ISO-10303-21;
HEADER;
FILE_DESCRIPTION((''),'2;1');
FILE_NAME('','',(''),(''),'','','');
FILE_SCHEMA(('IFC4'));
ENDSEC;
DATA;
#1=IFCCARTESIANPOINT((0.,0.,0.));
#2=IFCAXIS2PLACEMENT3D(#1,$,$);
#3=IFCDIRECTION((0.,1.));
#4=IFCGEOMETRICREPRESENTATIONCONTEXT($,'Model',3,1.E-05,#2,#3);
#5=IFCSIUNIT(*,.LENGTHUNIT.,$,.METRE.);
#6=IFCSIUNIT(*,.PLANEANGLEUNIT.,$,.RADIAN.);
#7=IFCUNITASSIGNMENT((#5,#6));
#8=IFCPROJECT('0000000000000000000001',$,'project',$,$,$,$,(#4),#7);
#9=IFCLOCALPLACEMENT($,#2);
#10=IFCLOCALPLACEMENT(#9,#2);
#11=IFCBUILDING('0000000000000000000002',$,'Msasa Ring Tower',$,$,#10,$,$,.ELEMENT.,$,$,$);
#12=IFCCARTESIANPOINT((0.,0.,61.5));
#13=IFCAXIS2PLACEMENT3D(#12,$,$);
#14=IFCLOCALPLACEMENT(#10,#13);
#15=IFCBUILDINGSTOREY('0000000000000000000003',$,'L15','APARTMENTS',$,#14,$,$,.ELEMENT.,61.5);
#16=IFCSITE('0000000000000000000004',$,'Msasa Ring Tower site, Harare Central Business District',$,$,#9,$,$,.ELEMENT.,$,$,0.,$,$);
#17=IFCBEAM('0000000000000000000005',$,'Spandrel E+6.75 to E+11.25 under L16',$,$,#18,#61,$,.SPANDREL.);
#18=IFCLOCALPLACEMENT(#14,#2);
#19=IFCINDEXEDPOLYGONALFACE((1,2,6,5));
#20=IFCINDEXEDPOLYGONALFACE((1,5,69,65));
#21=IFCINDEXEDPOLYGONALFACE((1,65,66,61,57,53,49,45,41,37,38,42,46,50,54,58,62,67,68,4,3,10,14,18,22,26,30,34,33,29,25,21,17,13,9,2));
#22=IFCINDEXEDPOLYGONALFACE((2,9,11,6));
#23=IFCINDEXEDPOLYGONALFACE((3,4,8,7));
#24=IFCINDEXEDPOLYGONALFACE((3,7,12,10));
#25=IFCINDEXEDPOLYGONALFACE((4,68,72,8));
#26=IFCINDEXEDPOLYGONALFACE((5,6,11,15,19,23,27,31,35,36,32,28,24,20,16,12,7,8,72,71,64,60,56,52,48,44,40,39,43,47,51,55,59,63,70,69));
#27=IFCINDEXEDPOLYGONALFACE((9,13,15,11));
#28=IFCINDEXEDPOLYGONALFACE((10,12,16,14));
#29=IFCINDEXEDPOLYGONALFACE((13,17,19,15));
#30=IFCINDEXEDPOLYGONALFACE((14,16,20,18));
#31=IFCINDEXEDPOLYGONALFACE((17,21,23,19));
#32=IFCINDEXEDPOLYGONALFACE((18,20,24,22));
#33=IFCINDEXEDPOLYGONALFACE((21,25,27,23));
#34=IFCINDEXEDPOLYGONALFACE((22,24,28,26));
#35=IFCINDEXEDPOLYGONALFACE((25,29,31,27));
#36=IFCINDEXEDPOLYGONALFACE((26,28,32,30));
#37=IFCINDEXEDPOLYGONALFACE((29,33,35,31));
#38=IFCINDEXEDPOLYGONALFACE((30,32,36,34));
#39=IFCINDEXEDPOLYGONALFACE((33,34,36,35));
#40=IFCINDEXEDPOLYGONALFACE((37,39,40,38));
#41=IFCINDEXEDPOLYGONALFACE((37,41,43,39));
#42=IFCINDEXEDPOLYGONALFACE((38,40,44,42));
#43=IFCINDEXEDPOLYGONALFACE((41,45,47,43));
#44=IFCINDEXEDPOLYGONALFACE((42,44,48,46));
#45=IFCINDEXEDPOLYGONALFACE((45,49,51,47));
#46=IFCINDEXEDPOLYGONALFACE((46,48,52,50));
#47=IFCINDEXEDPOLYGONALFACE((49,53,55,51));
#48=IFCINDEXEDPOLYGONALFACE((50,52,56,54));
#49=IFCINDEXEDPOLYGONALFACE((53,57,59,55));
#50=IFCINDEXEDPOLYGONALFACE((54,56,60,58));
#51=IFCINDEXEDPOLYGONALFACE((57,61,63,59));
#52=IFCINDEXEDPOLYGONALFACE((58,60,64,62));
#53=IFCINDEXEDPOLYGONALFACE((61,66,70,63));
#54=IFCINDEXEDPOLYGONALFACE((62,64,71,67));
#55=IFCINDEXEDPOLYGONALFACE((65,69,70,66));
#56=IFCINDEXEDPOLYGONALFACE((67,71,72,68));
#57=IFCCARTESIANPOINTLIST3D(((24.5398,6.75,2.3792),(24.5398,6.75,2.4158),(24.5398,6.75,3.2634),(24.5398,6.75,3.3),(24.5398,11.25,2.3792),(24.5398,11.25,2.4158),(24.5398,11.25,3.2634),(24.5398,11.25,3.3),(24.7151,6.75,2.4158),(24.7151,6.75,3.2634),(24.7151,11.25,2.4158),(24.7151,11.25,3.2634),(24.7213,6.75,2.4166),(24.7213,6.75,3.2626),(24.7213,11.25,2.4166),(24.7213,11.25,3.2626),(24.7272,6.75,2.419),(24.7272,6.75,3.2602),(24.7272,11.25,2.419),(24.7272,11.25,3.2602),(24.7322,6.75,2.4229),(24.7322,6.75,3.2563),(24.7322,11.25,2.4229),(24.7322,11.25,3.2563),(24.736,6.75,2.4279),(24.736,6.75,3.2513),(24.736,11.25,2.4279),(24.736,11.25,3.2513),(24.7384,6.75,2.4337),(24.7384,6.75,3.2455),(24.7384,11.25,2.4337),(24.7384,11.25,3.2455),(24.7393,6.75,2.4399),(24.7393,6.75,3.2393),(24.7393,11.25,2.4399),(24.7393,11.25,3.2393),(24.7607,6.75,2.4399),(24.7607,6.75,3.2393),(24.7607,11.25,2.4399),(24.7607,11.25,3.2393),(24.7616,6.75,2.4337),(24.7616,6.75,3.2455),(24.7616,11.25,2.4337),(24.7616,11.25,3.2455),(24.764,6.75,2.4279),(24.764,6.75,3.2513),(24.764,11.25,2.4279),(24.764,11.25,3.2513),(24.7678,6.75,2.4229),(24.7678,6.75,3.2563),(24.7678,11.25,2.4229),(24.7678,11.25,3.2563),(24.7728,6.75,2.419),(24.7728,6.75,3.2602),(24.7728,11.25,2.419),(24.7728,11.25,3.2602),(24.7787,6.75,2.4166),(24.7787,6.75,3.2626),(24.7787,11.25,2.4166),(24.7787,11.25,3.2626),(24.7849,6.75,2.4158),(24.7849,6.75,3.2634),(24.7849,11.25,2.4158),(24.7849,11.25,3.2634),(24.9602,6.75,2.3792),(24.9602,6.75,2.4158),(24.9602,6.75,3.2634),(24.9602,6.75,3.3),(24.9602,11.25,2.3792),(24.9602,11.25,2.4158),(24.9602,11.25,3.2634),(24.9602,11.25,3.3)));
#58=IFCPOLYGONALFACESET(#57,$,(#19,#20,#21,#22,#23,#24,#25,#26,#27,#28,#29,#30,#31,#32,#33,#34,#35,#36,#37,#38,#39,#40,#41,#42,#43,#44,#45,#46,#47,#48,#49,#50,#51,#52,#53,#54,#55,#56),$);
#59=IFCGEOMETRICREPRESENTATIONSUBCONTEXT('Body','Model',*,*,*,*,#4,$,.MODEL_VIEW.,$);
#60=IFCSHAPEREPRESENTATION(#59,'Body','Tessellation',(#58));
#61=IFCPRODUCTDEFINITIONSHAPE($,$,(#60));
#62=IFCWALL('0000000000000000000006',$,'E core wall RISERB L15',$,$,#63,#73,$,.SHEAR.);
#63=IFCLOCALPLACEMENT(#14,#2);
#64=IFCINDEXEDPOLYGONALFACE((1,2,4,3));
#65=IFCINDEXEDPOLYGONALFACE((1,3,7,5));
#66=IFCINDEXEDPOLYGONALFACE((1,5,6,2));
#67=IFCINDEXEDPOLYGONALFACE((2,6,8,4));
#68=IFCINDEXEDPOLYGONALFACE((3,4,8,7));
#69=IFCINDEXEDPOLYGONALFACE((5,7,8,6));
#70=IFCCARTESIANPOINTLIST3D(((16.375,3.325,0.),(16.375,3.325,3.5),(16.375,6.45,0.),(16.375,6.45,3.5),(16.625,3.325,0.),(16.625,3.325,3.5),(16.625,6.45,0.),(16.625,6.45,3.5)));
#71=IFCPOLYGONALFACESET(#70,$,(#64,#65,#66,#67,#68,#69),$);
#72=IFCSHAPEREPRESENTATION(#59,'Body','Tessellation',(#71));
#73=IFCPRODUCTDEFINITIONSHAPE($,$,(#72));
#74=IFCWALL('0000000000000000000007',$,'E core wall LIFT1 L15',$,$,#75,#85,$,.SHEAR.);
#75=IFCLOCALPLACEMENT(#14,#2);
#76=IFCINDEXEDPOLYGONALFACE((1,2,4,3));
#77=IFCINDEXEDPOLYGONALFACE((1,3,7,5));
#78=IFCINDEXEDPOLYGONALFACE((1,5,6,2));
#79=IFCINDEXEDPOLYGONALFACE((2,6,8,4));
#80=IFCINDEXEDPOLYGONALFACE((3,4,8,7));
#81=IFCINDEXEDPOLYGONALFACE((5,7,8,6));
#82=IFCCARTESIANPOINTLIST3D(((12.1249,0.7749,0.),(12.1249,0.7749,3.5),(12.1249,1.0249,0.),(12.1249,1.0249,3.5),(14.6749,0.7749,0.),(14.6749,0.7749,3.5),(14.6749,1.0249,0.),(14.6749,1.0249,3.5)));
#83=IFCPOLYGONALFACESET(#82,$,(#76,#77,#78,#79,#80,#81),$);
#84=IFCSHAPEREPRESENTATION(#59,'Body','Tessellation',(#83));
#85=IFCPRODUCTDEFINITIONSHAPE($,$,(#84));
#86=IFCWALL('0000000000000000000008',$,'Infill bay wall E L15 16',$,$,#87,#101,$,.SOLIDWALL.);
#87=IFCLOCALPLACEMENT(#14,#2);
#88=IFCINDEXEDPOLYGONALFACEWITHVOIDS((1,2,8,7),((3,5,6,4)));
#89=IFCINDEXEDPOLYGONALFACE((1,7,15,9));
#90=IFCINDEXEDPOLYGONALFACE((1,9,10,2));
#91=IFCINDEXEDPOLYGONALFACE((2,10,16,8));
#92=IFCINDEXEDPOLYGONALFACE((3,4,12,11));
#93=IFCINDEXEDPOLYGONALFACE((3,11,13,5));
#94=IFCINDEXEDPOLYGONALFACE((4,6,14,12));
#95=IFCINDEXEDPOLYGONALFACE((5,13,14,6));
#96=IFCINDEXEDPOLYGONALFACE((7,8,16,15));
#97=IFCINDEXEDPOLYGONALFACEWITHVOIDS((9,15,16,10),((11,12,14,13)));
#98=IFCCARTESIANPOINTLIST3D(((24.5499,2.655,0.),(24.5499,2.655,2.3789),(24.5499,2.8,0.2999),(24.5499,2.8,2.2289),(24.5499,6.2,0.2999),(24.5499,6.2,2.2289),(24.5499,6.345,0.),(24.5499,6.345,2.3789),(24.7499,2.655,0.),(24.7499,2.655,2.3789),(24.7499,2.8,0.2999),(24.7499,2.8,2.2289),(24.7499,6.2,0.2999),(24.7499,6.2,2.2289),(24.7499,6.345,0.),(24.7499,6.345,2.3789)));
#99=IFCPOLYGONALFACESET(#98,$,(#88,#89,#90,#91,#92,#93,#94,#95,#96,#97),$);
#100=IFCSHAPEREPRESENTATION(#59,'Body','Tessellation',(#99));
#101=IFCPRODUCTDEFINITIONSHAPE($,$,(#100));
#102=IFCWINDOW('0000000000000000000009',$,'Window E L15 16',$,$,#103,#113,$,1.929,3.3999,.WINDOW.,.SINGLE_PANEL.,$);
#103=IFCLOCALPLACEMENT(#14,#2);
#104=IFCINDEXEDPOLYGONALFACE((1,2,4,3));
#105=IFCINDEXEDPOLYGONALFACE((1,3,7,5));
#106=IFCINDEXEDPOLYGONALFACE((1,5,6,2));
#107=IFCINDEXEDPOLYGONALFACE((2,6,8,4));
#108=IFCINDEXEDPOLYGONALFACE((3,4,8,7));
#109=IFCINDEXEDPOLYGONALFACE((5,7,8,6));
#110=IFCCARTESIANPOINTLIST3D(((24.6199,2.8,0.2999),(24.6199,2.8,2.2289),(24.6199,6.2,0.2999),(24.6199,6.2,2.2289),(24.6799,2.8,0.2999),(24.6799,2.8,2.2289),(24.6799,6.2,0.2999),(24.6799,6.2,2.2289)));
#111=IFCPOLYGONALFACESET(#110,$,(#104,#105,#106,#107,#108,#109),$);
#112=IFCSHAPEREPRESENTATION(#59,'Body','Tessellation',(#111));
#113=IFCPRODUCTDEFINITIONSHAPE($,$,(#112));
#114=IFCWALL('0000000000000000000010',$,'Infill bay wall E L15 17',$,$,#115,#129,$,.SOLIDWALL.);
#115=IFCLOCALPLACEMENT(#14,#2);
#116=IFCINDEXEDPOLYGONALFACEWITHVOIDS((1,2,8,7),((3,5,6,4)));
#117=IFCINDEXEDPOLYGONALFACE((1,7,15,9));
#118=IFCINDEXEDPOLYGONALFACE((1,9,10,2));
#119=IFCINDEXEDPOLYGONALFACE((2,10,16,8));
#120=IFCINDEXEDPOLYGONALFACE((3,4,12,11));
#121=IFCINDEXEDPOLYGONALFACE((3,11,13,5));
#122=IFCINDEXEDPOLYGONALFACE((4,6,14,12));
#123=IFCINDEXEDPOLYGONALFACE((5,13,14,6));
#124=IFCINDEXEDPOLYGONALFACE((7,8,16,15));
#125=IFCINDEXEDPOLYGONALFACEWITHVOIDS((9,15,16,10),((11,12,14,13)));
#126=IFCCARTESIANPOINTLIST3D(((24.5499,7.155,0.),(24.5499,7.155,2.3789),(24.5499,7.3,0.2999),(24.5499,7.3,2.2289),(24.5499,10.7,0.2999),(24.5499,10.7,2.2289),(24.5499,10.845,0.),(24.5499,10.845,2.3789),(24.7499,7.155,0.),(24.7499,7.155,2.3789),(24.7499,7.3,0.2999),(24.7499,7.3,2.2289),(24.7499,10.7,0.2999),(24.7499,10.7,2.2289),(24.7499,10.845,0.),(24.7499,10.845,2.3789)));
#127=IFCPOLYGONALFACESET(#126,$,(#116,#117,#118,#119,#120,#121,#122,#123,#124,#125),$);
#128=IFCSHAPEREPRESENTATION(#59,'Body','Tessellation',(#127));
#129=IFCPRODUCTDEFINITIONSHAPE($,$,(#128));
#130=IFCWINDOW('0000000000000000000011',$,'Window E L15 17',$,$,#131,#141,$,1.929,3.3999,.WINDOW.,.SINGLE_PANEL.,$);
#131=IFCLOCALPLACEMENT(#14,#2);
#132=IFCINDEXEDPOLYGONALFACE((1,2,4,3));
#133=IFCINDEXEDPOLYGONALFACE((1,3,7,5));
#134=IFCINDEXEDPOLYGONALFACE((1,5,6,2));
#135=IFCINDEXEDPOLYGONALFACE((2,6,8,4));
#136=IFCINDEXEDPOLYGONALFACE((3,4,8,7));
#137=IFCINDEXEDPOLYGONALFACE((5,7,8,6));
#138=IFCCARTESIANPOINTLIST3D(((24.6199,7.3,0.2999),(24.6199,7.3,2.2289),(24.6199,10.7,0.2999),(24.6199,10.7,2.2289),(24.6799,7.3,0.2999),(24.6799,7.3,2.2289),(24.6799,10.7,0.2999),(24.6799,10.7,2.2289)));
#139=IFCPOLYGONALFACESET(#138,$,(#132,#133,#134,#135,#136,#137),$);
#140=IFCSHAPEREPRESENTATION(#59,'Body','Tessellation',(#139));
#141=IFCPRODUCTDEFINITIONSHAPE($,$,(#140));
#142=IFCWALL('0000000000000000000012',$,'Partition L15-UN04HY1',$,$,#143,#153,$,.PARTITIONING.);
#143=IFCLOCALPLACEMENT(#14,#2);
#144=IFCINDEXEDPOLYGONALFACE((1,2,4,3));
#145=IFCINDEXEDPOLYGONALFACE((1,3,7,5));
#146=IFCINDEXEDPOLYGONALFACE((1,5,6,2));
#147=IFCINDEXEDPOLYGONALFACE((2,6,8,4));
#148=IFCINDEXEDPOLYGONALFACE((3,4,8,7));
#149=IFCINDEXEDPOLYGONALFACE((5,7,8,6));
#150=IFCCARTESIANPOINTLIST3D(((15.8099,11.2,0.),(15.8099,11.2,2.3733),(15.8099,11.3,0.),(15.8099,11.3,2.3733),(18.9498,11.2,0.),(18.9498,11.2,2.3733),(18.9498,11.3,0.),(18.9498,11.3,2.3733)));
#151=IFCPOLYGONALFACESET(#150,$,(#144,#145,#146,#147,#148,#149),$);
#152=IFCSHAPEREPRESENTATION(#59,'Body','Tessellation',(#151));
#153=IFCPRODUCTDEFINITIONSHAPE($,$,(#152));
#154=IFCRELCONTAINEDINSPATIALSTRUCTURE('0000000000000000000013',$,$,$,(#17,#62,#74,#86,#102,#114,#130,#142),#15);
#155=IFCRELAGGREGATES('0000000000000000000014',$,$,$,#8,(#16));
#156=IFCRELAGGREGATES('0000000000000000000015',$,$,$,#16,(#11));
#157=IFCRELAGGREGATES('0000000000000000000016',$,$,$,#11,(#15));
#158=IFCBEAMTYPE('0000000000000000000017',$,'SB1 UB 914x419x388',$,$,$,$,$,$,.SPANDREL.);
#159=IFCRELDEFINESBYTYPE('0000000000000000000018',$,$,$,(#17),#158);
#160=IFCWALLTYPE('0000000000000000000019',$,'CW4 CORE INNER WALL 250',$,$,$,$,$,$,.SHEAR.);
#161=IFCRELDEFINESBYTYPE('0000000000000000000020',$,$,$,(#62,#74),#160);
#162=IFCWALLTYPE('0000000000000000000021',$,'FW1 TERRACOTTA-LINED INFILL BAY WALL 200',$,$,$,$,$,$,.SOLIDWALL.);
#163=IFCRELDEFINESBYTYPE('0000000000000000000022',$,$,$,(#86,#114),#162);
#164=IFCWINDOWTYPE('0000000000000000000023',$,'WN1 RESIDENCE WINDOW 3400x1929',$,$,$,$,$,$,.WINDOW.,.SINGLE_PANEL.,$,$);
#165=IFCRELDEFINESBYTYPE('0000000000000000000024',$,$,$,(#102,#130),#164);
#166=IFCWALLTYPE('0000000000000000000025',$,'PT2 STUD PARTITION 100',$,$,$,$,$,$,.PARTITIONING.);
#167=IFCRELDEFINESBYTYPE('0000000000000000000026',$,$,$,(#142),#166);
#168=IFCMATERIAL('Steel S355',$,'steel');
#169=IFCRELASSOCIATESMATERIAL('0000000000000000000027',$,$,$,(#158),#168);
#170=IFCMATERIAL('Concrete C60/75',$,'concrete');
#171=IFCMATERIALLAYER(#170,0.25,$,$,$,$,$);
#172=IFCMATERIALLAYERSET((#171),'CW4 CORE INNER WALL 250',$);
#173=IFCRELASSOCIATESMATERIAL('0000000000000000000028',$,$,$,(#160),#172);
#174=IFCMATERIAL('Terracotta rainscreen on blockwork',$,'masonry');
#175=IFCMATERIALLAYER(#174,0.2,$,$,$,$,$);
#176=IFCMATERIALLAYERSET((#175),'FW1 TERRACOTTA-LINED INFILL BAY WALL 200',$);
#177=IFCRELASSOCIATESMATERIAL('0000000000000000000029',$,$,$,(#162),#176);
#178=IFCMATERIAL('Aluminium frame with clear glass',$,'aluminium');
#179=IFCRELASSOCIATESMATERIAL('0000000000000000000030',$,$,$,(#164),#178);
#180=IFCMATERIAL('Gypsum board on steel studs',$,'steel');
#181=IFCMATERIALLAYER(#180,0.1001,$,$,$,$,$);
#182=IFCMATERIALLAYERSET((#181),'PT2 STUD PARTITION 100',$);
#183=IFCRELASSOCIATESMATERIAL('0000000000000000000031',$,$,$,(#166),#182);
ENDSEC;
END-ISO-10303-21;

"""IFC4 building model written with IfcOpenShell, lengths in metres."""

from ifc_helpers import new_model, si_unit, direction, frame, frame_2d, origin, origin_2d, place, context, subcontext, project, spatial, rectangle, i_section, extrude, material, layer, layer_set, material_profile, profile_set, type_object, element, fill, save


model = new_model("IFC4")

# Units and contexts
model_context = context("Model", 3, precision=1e-05, world=origin(), true_north=direction((0.0, 1.0)))
body_context = subcontext(model_context, "Body", "Model", "MODEL_VIEW")
ifc_project = project(units=[si_unit("LENGTHUNIT", "METRE"), si_unit("PLANEANGLEUNIT", "RADIAN")], contexts=[model_context])

# Site, building, storey
site_placement = place(None, origin())
site = spatial("IfcSite", under=ifc_project, at=site_placement, Name="Msasa Ring Tower site, Harare Central Business District", CompositionType="ELEMENT", RefElevation=0.0)
building_placement = place(site_placement, origin())
building = spatial("IfcBuilding", under=site, at=building_placement, Name="Msasa Ring Tower", CompositionType="ELEMENT")
storey_placement = place(building_placement, frame((0.0, 0.0, 61.5)))
storey = spatial("IfcBuildingStorey", under=building, at=storey_placement, Name="L15", Description="APARTMENTS", CompositionType="ELEMENT", Elevation=61.5)

# Beam
ifc_material_1 = material(Name="Steel S355", Category="steel")
ifc_material_profile_1 = material_profile(ifc_material_1, i_section(OverallWidth=0.4204, OverallDepth=0.9209, WebThickness=0.0215, FlangeThickness=0.0366, FilletRadius=0.0242, at=origin_2d()), Name="UB 914x419x388")
ifc_profile_set_1 = profile_set([ifc_material_profile_1], Name="Steel S355")
beam_type_1 = type_object("IfcBeamType", Name="SB1 UB 914x419x388", PredefinedType="SPANDREL", material=ifc_profile_set_1)
for number, where, z_axis, x_axis, name in (
    (1, (24.75, 6.75, 2.8396), (0.0, 1.0, 0.0), (-1.0, 0.0, 0.0), "Spandrel E+6.75 to E+11.25 under L16"),
):
    element("IfcBeam", number, at=place(storey_placement, frame(where, z_axis=z_axis, x_axis=x_axis)), inside=storey, type_object=beam_type_1, Name=name, PredefinedType="SPANDREL", context=body_context, shape_type="SweptSolid", body=[
        extrude(i_section(OverallWidth=0.4204, OverallDepth=0.9209, WebThickness=0.0215, FlangeThickness=0.0366, FilletRadius=0.0242, at=origin_2d()), origin(), (0.0, 0.0, 1.0), 4.5),
    ])

# Walls
ifc_material_2 = material(Name="Concrete C60/75", Category="concrete")
ifc_layer_1 = layer(ifc_material_2, 0.25)
ifc_layer_set_1 = layer_set([ifc_layer_1], Name="CW4 CORE INNER WALL 250")
wall_type_1 = type_object("IfcWallType", Name="CW4 CORE INNER WALL 250", PredefinedType="SHEAR", material=ifc_layer_set_1)
wall_1_placement = place(storey_placement, frame((16.5, 3.325, 0.0), z_axis=(0.0, 0.0, 1.0), x_axis=(0.0, 1.0, 0.0)))
element("IfcWall", 2, at=wall_1_placement, inside=storey, type_object=wall_type_1, Name="E core wall RISERB L15", PredefinedType="SHEAR", context=body_context, shape_type="SweptSolid", body=[
    extrude(rectangle(XDim=3.125, YDim=0.25, at=frame_2d((1.5625, 0.0))), origin(), (0.0, 0.0, 1.0), 3.5),
])
wall_2_placement = place(storey_placement, frame((12.125, 0.8999, 0.0), z_axis=(0.0, 0.0, 1.0), x_axis=(1.0, 0.0, 0.0)))
element("IfcWall", 3, at=wall_2_placement, inside=storey, type_object=wall_type_1, Name="E core wall LIFT1 L15", PredefinedType="SHEAR", context=body_context, shape_type="SweptSolid", body=[
    extrude(rectangle(XDim=2.55, YDim=0.25, at=frame_2d((1.2749, 0.0))), origin(), (0.0, 0.0, 1.0), 3.5),
])

# Walls, openings, windows
ifc_material_3 = material(Name="Terracotta rainscreen on blockwork", Category="masonry")
ifc_layer_2 = layer(ifc_material_3, 0.2)
ifc_layer_set_2 = layer_set([ifc_layer_2], Name="FW1 TERRACOTTA-LINED INFILL BAY WALL 200")
wall_type_2 = type_object("IfcWallType", Name="FW1 TERRACOTTA-LINED INFILL BAY WALL 200", PredefinedType="SOLIDWALL", material=ifc_layer_set_2)
wall_3_placement = place(storey_placement, frame((24.6499, 2.655, 0.0), z_axis=(0.0, 0.0, 1.0), x_axis=(0.0, 1.0, 0.0)))
wall_3 = element("IfcWall", 4, at=wall_3_placement, inside=storey, type_object=wall_type_2, Name="Infill bay wall E L15 16", PredefinedType="SOLIDWALL", context=body_context, shape_type="SweptSolid", body=[
    extrude(rectangle(XDim=3.6899, YDim=0.2, at=frame_2d((1.845, 0.0))), origin(), (0.0, 0.0, 1.0), 2.3789),
])
opening_1_placement = place(wall_3_placement, frame((0.145, 0.0, 0.3)))
opening_1 = element("IfcOpeningElement", 5, at=opening_1_placement, cuts=wall_3, PredefinedType="OPENING", context=body_context, shape_type="SweptSolid", body=[
    extrude(rectangle(XDim=3.3999, YDim=1.929, at=frame_2d((1.7, 0.9644))), frame((0.0, 0.1099, 0.0), z_axis=(0.0, -1.0, 0.0), x_axis=(1.0, 0.0, 0.0)), (0.0, 0.0, 1.0), 0.22),
])
ifc_material_4 = material(Name="Aluminium frame with clear glass", Category="aluminium")
window_type = type_object("IfcWindowType", Name="WN1 RESIDENCE WINDOW 3400x1929", PartitioningType="SINGLE_PANEL", PredefinedType="WINDOW", material=ifc_material_4)
window_1_placement = place(opening_1_placement, origin())
window_1 = element("IfcWindow", 6, at=window_1_placement, inside=storey, type_object=window_type, Name="Window E L15 16", OverallHeight=1.929, OverallWidth=3.3999, PartitioningType="SINGLE_PANEL", PredefinedType="WINDOW", context=body_context, shape_type="SweptSolid", body=[
    extrude(rectangle(XDim=3.3999, YDim=1.929, at=frame_2d((1.7, 0.9644))), frame((0.0, 0.03, 0.0), z_axis=(0.0, -1.0, 0.0), x_axis=(1.0, 0.0, 0.0)), (0.0, 0.0, 1.0), 0.0601),
])
fill(opening_1, window_1)
wall_4_placement = place(storey_placement, frame((24.6499, 7.155, 0.0), z_axis=(0.0, 0.0, 1.0), x_axis=(0.0, 1.0, 0.0)))
wall_4 = element("IfcWall", 7, at=wall_4_placement, inside=storey, type_object=wall_type_2, Name="Infill bay wall E L15 17", PredefinedType="SOLIDWALL", context=body_context, shape_type="SweptSolid", body=[
    extrude(rectangle(XDim=3.6899, YDim=0.2, at=frame_2d((1.845, 0.0))), origin(), (0.0, 0.0, 1.0), 2.3789),
])
opening_2_placement = place(wall_4_placement, frame((0.145, 0.0, 0.3)))
opening_2 = element("IfcOpeningElement", 8, at=opening_2_placement, cuts=wall_4, PredefinedType="OPENING", context=body_context, shape_type="SweptSolid", body=[
    extrude(rectangle(XDim=3.3999, YDim=1.929, at=frame_2d((1.7, 0.9644))), frame((0.0, 0.1099, 0.0), z_axis=(0.0, -1.0, 0.0), x_axis=(1.0, 0.0, 0.0)), (0.0, 0.0, 1.0), 0.22),
])
window_2_placement = place(opening_2_placement, origin())
window_2 = element("IfcWindow", 9, at=window_2_placement, inside=storey, type_object=window_type, Name="Window E L15 17", OverallHeight=1.929, OverallWidth=3.3999, PartitioningType="SINGLE_PANEL", PredefinedType="WINDOW", context=body_context, shape_type="SweptSolid", body=[
    extrude(rectangle(XDim=3.3999, YDim=1.929, at=frame_2d((1.7, 0.9644))), frame((0.0, 0.03, 0.0), z_axis=(0.0, -1.0, 0.0), x_axis=(1.0, 0.0, 0.0)), (0.0, 0.0, 1.0), 0.0601),
])
fill(opening_2, window_2)

# Wall
ifc_material_5 = material(Name="Gypsum board on steel studs", Category="steel")
ifc_layer_3 = layer(ifc_material_5, 0.1001)
ifc_layer_set_3 = layer_set([ifc_layer_3], Name="PT2 STUD PARTITION 100")
wall_type_3 = type_object("IfcWallType", Name="PT2 STUD PARTITION 100", PredefinedType="PARTITIONING", material=ifc_layer_set_3)
wall_5_placement = place(storey_placement, frame((15.8101, 11.25, 0.0), z_axis=(0.0, 0.0, 1.0), x_axis=(1.0, 0.0, 0.0)))
element("IfcWall", 10, at=wall_5_placement, inside=storey, type_object=wall_type_3, Name="Partition L15-UN04HY1", PredefinedType="PARTITIONING", context=body_context, shape_type="SweptSolid", body=[
    extrude(rectangle(XDim=3.1399, YDim=0.1001, at=frame_2d((1.5698, 0.0))), origin(), (0.0, 0.0, 1.0), 2.3733),
])

save(model, "model.ifc")
